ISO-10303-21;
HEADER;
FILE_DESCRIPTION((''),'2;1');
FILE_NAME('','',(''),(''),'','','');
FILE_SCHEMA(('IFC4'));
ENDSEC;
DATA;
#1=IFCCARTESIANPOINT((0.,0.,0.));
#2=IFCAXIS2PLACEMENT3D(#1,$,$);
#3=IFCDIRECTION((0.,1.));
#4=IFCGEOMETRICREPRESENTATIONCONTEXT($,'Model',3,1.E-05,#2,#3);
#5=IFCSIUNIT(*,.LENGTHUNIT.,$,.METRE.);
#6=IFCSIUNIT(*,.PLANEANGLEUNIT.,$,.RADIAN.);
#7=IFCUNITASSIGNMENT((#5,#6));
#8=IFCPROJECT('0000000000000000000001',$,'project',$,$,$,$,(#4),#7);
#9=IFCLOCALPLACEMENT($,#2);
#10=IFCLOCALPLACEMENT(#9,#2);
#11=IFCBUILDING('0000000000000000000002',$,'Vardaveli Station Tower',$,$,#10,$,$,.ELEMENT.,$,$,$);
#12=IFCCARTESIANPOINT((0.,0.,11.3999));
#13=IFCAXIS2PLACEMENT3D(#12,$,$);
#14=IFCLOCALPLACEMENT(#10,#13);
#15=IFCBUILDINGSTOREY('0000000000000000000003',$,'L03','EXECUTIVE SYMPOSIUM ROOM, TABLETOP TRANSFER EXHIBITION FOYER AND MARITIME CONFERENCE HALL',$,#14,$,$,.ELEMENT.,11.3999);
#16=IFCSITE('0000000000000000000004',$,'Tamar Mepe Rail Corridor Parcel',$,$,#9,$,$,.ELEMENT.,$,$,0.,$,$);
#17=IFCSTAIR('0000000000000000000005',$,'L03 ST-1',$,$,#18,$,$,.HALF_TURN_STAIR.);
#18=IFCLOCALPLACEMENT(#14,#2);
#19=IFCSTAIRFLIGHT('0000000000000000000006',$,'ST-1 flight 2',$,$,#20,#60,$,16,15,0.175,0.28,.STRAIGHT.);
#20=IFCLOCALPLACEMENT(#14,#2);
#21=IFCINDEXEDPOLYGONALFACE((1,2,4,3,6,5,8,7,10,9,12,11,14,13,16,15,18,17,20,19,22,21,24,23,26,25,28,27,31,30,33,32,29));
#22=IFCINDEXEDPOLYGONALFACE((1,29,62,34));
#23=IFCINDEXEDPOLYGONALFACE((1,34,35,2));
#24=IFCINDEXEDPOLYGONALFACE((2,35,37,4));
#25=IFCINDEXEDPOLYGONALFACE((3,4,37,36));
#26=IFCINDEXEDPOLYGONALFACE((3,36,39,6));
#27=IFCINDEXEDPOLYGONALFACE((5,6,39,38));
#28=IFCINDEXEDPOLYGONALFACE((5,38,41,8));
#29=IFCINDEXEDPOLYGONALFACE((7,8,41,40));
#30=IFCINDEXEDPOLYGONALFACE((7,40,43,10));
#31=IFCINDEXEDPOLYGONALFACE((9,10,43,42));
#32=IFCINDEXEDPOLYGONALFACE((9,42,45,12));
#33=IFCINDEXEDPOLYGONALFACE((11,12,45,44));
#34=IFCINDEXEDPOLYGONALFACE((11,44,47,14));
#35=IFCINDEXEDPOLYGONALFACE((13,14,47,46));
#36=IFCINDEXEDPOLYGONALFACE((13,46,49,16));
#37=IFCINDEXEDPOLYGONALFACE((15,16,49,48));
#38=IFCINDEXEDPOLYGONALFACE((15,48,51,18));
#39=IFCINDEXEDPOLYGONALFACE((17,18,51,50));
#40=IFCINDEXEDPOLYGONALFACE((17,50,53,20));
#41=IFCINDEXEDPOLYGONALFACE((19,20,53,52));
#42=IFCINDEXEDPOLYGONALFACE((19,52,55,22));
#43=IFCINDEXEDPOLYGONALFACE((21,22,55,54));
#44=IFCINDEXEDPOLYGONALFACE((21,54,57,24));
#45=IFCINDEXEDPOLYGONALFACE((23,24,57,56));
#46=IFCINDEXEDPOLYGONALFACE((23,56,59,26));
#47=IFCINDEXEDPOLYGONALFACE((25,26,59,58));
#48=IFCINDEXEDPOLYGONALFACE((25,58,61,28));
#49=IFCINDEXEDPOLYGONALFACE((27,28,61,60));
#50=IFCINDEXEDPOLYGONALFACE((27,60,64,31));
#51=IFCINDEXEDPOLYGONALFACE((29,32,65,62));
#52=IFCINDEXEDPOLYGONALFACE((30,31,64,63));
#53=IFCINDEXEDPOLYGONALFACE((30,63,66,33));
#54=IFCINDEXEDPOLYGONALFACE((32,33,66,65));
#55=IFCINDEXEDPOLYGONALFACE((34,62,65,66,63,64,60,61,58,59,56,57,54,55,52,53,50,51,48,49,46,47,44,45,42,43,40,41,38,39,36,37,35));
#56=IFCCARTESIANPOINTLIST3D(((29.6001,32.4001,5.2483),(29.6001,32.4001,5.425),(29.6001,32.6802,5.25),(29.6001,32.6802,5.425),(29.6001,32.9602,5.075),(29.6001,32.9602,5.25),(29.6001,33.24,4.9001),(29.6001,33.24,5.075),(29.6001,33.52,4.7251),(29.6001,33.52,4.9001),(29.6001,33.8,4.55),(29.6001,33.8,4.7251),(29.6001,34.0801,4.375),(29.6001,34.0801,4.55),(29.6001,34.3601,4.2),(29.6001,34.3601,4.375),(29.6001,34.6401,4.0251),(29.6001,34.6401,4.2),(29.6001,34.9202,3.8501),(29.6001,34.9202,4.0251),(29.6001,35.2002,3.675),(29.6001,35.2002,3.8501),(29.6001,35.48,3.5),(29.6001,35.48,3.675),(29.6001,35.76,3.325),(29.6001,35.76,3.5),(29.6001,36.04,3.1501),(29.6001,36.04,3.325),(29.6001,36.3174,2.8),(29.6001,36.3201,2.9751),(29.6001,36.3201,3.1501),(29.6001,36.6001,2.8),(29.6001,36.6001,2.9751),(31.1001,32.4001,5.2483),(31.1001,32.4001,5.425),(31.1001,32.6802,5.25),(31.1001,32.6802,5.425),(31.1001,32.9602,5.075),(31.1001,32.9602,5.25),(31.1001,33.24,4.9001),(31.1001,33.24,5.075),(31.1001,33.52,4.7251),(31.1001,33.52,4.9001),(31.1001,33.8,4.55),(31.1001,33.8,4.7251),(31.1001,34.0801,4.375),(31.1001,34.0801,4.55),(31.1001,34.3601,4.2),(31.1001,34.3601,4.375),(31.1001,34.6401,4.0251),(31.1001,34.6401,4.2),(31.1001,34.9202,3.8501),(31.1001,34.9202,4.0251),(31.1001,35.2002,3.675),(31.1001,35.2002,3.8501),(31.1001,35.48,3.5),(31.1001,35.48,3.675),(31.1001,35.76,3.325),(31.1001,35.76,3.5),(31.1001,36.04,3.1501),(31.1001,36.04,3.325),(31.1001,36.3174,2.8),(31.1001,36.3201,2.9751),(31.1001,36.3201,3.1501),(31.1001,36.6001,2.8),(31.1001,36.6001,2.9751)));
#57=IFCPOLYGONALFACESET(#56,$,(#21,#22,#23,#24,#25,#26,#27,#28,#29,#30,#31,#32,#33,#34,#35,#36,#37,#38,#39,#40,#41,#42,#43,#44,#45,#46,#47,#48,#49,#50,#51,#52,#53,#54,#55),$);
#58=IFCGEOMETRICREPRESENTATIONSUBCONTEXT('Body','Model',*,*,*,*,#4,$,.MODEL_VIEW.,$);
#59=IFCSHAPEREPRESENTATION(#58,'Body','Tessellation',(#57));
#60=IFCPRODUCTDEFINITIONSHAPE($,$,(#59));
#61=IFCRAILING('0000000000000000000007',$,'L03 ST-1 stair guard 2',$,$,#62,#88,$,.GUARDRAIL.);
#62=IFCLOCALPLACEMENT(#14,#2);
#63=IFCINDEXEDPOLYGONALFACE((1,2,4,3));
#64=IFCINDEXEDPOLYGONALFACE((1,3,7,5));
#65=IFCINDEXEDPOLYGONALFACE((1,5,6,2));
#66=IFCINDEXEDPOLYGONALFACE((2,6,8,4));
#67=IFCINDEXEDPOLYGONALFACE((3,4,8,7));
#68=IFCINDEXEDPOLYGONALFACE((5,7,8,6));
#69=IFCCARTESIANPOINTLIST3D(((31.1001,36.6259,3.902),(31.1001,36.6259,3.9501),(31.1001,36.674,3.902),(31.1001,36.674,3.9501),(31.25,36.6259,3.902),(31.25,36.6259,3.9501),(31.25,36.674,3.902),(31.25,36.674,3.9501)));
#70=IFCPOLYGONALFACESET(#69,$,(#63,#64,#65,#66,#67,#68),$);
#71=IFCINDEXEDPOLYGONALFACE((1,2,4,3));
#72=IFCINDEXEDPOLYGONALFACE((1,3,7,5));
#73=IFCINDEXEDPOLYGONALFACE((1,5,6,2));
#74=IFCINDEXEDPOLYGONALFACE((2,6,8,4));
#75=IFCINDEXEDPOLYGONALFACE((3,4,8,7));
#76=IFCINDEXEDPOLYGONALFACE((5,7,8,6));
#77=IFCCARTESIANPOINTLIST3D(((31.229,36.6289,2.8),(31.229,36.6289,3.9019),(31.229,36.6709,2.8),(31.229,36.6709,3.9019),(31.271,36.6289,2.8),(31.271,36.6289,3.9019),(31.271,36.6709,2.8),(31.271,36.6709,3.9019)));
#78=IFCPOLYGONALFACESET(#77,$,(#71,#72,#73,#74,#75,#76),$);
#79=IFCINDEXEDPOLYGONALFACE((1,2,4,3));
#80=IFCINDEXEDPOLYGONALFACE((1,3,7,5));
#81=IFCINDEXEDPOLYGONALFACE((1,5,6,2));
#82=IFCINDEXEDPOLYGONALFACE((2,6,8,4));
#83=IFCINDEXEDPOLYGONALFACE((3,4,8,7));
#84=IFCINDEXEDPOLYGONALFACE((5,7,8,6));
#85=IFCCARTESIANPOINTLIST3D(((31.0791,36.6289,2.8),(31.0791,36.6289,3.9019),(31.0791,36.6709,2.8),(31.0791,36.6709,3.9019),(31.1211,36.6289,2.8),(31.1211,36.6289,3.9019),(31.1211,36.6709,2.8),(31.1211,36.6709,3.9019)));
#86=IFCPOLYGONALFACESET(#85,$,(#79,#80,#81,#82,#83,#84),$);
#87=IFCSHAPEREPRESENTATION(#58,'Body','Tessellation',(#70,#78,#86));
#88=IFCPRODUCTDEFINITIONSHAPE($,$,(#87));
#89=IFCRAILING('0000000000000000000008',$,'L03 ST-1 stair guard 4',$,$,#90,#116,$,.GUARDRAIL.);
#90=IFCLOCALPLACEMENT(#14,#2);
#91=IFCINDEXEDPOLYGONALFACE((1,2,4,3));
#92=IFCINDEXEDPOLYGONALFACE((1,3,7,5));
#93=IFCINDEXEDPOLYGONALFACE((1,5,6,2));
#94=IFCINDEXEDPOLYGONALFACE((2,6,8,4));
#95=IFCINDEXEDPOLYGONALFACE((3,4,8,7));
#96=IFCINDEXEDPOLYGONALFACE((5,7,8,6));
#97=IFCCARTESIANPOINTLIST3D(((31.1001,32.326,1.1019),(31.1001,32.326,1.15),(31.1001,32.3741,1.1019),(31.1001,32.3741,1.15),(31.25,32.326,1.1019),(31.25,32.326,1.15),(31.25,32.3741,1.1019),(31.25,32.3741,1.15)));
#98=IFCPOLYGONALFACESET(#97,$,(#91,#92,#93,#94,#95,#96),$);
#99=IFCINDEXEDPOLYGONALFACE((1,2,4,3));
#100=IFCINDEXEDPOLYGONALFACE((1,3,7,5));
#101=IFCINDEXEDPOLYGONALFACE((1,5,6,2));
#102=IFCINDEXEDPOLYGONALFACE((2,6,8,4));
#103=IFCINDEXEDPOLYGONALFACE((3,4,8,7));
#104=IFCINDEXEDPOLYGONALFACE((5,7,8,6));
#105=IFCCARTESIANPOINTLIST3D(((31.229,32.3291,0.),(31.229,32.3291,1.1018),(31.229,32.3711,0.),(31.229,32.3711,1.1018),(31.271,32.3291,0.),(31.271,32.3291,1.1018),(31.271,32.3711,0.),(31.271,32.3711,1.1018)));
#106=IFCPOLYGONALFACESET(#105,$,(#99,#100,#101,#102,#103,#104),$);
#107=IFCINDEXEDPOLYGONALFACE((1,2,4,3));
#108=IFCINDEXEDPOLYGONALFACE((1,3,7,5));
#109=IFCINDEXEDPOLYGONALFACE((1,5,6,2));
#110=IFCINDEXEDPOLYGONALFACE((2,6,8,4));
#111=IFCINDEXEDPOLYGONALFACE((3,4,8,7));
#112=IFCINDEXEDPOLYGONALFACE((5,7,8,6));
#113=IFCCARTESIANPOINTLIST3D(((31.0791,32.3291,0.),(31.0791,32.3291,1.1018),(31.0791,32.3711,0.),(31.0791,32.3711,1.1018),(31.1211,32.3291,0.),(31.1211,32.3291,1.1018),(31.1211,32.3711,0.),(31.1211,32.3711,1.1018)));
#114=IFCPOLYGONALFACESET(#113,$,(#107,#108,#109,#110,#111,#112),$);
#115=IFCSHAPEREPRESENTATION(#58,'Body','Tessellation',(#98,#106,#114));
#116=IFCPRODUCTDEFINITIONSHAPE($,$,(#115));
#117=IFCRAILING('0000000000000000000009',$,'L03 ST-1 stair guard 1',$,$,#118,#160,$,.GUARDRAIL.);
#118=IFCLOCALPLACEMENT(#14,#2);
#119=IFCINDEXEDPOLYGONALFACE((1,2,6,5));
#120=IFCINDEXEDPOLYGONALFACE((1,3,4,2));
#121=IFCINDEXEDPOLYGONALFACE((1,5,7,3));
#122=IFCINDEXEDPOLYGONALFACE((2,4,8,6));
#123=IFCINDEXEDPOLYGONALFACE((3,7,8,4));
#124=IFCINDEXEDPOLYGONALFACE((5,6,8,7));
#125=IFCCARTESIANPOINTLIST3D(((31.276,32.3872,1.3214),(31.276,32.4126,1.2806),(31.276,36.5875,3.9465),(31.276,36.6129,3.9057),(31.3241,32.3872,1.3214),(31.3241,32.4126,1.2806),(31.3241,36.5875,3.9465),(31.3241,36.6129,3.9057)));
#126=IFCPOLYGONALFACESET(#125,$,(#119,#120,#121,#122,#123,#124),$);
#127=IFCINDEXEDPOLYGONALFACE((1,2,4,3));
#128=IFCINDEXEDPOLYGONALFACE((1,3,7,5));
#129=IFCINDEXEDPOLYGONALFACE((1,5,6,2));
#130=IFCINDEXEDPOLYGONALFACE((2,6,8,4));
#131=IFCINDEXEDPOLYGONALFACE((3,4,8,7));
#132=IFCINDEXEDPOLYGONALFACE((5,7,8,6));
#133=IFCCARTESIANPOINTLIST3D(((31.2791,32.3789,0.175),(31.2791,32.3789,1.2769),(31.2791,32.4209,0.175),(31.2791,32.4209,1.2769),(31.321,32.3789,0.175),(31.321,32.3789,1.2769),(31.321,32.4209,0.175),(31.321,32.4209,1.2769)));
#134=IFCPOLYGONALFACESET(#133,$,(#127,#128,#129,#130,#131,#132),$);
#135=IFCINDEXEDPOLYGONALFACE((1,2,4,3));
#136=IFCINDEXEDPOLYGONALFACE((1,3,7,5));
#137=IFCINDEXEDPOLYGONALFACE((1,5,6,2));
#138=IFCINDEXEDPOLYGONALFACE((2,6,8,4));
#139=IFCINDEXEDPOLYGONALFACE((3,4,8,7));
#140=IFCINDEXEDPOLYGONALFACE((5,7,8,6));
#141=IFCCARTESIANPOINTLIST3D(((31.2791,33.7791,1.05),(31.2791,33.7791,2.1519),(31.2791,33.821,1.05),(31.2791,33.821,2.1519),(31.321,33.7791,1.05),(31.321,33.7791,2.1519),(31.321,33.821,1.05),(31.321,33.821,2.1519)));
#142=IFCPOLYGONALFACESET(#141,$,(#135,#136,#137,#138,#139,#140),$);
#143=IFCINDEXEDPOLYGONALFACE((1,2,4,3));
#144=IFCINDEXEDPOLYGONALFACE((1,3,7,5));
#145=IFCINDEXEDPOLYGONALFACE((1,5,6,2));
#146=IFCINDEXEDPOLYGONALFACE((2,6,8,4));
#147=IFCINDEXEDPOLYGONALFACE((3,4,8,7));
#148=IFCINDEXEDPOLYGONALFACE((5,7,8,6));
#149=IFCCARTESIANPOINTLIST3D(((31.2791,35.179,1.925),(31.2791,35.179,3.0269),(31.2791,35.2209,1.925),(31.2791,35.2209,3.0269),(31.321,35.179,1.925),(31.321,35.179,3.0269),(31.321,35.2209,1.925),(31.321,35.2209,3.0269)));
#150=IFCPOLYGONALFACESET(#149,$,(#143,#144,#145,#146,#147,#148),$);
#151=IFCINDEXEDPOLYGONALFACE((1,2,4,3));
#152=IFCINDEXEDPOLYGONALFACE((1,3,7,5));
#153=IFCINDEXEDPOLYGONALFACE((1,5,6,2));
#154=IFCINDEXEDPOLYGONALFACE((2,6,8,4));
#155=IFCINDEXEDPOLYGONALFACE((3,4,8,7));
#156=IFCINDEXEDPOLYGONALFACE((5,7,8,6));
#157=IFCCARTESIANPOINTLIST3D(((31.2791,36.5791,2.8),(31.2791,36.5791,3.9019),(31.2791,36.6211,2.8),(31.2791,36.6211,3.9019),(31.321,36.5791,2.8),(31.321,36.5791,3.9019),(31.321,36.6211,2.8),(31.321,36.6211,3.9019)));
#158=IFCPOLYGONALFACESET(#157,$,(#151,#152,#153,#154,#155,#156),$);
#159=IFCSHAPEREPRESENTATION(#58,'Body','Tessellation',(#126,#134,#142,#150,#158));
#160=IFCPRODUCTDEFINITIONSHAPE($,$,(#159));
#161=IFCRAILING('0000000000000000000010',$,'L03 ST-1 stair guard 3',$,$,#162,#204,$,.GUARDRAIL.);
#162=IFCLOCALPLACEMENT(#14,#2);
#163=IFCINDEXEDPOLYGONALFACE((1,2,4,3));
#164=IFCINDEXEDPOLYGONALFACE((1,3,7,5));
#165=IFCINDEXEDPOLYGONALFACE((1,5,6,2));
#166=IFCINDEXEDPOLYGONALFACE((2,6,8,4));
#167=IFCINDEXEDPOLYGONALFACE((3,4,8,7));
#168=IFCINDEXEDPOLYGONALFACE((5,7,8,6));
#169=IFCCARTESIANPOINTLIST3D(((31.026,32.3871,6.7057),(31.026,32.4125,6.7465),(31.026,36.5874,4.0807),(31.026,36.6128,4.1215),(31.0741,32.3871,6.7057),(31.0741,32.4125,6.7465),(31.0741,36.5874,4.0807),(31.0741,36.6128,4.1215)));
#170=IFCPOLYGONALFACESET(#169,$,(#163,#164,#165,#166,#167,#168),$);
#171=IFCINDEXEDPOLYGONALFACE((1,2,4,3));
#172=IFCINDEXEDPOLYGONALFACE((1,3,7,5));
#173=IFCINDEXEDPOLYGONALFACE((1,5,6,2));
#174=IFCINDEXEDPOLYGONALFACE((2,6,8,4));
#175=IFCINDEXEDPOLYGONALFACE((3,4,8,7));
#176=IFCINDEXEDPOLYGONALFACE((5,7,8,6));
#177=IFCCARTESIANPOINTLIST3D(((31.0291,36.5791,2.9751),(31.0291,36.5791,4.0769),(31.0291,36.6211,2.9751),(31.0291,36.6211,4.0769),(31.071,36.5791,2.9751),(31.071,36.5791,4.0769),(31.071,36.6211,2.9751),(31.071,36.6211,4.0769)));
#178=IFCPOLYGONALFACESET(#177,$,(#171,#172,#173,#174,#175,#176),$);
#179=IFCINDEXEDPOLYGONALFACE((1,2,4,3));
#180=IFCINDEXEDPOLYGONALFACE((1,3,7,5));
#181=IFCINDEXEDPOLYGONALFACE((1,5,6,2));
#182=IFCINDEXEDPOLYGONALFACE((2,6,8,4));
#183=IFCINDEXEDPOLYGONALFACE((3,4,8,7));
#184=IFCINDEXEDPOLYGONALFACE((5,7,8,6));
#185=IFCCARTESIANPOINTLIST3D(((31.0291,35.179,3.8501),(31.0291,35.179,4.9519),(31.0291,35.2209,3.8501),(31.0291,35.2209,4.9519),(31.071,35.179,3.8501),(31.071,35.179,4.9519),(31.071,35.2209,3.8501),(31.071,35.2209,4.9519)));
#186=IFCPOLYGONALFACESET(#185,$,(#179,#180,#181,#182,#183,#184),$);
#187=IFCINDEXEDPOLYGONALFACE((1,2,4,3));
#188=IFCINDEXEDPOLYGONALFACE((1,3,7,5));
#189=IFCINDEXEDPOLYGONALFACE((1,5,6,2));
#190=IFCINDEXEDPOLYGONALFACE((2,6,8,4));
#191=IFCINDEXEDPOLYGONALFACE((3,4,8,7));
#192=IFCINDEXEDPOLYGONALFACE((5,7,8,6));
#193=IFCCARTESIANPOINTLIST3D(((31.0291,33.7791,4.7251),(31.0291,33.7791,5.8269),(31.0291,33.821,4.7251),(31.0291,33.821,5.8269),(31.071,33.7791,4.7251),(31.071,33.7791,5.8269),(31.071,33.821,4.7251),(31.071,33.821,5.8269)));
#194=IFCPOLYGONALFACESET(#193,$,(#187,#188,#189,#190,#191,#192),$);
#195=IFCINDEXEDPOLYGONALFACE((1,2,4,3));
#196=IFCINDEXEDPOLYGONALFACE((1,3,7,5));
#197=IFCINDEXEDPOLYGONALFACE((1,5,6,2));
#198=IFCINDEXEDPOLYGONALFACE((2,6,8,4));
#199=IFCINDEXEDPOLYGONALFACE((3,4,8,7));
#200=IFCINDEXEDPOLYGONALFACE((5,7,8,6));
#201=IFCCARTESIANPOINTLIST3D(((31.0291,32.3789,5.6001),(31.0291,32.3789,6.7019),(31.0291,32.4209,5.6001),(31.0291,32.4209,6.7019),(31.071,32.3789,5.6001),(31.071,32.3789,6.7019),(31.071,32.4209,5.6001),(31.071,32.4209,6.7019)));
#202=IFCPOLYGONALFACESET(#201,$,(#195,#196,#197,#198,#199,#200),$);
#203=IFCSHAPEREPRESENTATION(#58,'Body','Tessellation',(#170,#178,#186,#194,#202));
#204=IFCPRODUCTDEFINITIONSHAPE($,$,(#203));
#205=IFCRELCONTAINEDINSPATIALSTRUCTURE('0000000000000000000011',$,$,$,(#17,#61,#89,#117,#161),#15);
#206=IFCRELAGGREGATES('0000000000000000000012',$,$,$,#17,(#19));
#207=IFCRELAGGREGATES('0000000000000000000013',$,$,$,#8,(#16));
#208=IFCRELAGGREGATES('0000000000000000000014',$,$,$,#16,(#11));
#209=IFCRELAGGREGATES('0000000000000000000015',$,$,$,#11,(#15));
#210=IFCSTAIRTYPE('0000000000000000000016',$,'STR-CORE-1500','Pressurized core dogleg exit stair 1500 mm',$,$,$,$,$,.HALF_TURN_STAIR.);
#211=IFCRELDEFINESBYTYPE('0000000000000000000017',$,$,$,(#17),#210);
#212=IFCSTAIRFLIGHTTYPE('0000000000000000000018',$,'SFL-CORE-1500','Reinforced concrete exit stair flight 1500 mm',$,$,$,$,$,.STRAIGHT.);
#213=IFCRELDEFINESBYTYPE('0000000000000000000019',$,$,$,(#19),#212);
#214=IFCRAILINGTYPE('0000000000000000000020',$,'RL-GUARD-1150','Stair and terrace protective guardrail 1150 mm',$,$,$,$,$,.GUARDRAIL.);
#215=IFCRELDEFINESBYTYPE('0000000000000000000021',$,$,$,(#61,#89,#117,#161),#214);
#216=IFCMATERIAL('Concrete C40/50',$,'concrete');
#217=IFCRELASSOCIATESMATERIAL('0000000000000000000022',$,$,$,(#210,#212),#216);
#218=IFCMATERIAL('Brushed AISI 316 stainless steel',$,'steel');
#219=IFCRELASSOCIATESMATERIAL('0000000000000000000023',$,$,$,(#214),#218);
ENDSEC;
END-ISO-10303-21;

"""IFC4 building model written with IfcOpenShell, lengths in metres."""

from ifc_helpers import new_model, si_unit, direction, frame, origin, origin_2d, place, context, subcontext, project, spatial, polyline, rectangle, outline, extrude, source, transform, mapped, material, type_object, element, aggregate, save


model = new_model("IFC4")

# Units and contexts
model_context = context("Model", 3, precision=1e-05, world=origin(), true_north=direction((0.0, 1.0)))
body_context = subcontext(model_context, "Body", "Model", "MODEL_VIEW")
ifc_project = project(units=[si_unit("LENGTHUNIT", "METRE"), si_unit("PLANEANGLEUNIT", "RADIAN")], contexts=[model_context])

# Site, building, storey
site_placement = place(None, origin())
site = spatial("IfcSite", under=ifc_project, at=site_placement, Name="Tamar Mepe Rail Corridor Parcel", CompositionType="ELEMENT", RefElevation=0.0)
building_placement = place(site_placement, origin())
building = spatial("IfcBuilding", under=site, at=building_placement, Name="Vardaveli Station Tower", CompositionType="ELEMENT")
storey_placement = place(building_placement, frame((0.0, 0.0, 11.3999)))
storey = spatial("IfcBuildingStorey", under=building, at=storey_placement, Name="L03", Description="EXECUTIVE SYMPOSIUM ROOM, TABLETOP TRANSFER EXHIBITION FOYER AND MARITIME CONFERENCE HALL", CompositionType="ELEMENT", Elevation=11.3999)

# Shared definitions
ifc_material_1 = material(Name="Concrete C40/50", Category="concrete")

# Stair, stair flight
stair_type = type_object("IfcStairType", Name="STR-CORE-1500", Description="Pressurized core dogleg exit stair 1500 mm", PredefinedType="HALF_TURN_STAIR", material=ifc_material_1)
stair_placement = place(storey_placement, origin())
stair = element("IfcStair", 1, at=stair_placement, inside=storey, type_object=stair_type, Name="L03 ST-1", PredefinedType="HALF_TURN_STAIR")
stair_flight_type = type_object("IfcStairFlightType", Name="SFL-CORE-1500", Description="Reinforced concrete exit stair flight 1500 mm", PredefinedType="STRAIGHT", material=ifc_material_1)
shared_shape_1 = source(origin(), body_context, "Body", "SweptSolid", [
    extrude(outline(polyline([(0.0, 0.0), (0.0, 0.175), (0.28, 0.175), (0.28, 0.3501), (0.5601, 0.3501), (0.5601, 0.5249), (0.8401, 0.5249), (0.8401, 0.7), (1.1201, 0.7), (1.1201, 0.875), (1.3999, 0.875), (1.3999, 1.05), (1.6799, 1.05), (1.6799, 1.2251), (1.96, 1.2251), (1.96, 1.3999), (2.24, 1.3999), (2.24, 1.575), (2.52, 1.575), (2.52, 1.75), (2.8, 1.75), (2.8, 1.925), (3.0801, 1.925), (3.0801, 2.1001), (3.3601, 2.1001), (3.3601, 2.2749), (3.6399, 2.2749), (3.6399, 2.45), (3.9199, 2.45), (3.9199, 2.625), (4.2, 2.625), (4.2, 2.8), (4.2, 2.4482), (0.2827, 0.0), (0.0, 0.0)])), frame((0.0, 0.75, 0.0), z_axis=(0.0, -1.0, 0.0), x_axis=(1.0, 0.0, 0.0)), (0.0, 0.0, 1.0), 1.5),
])
stair_flight_1_placement = place(storey_placement, frame((30.3501, 36.6001, 2.8), z_axis=(0.0, 0.0, 1.0), x_axis=(0.0, -1.0, 0.0)))
stair_flight_1 = element("IfcStairFlight", 2, at=stair_flight_1_placement, type_object=stair_flight_type, Name="ST-1 flight 2", NumberOfRisers=16, NumberOfTreads=15, PredefinedType="STRAIGHT", RiserHeight=0.175, TreadLength=0.28, context=body_context, shape_type="MappedRepresentation", body=[
    mapped(shared_shape_1, transform((0.0, 0.0, 0.0), scale=1.0)),
])
aggregate(stair, [stair_flight_1])

# Railings
ifc_material_2 = material(Name="Brushed AISI 316 stainless steel", Category="steel")
railing_type_1 = type_object("IfcRailingType", Name="RL-GUARD-1150", Description="Stair and terrace protective guardrail 1150 mm", PredefinedType="GUARDRAIL", material=ifc_material_2)
shared_shape_2 = source(origin(), body_context, "Body", "SweptSolid", [
    extrude(rectangle(XDim=0.0481, YDim=0.0481, at=origin_2d()), frame((0.0, 0.0, 1.126), z_axis=(-1.0, 0.0, 0.0), x_axis=(0.0, -1.0, 0.0)), (0.0, 0.0, 1.0), 0.1499),
    extrude(rectangle(XDim=0.042, YDim=0.042, at=origin_2d()), origin(), (0.0, 0.0, 1.0), 1.1018),
    extrude(rectangle(XDim=0.042, YDim=0.042, at=origin_2d()), frame((-0.1499, 0.0, 0.0)), (0.0, 0.0, 1.0), 1.1018),
])
for number, where, name in (
    (3, (31.25, 36.6499, 2.8), "L03 ST-1 stair guard 2"),
    (4, (31.25, 32.3501, 0.0), "L03 ST-1 stair guard 4"),
):
    element("IfcRailing", number, at=place(storey_placement, frame(where)), inside=storey, type_object=railing_type_1, Name=name, PredefinedType="GUARDRAIL", context=body_context, shape_type="MappedRepresentation", body=[
        mapped(shared_shape_2, transform((0.0, 0.0, 0.0), scale=1.0)),
    ])
shared_shape_3 = source(origin(), body_context, "Body", "SweptSolid", [
    extrude(rectangle(XDim=0.0481, YDim=0.0481, at=origin_2d()), frame((0.0, 0.0, 1.126), z_axis=(0.0, 0.848009, 0.529981), x_axis=(-1.0, 0.0, 0.0)), (0.0, 0.0, 1.0), 4.9531),
    extrude(rectangle(XDim=0.042, YDim=0.042, at=origin_2d()), origin(), (0.0, 0.0, 1.0), 1.1018),
    extrude(rectangle(XDim=0.042, YDim=0.042, at=origin_2d()), frame((0.0, 1.4001, 0.875)), (0.0, 0.0, 1.0), 1.1018),
    extrude(rectangle(XDim=0.042, YDim=0.042, at=origin_2d()), frame((0.0, 2.8, 1.75)), (0.0, 0.0, 1.0), 1.1018),
    extrude(rectangle(XDim=0.042, YDim=0.042, at=origin_2d()), frame((0.0, 4.2002, 2.625)), (0.0, 0.0, 1.0), 1.1018),
])
railing_1_placement = place(storey_placement, frame((31.3, 32.3999, 0.175)))
element("IfcRailing", 5, at=railing_1_placement, inside=storey, type_object=railing_type_1, Name="L03 ST-1 stair guard 1", PredefinedType="GUARDRAIL", context=body_context, shape_type="MappedRepresentation", body=[
    mapped(shared_shape_3, transform((0.0, 0.0, 0.0), scale=1.0)),
])
shared_shape_4 = source(origin(), body_context, "Body", "SweptSolid", [
    extrude(rectangle(XDim=0.0481, YDim=0.0481, at=origin_2d()), frame((0.0, 0.0, 1.126), z_axis=(0.0, -0.848009, 0.529981), x_axis=(1.0, 0.0, 0.0)), (0.0, 0.0, 1.0), 4.9531),
    extrude(rectangle(XDim=0.042, YDim=0.042, at=origin_2d()), origin(), (0.0, 0.0, 1.0), 1.1018),
    extrude(rectangle(XDim=0.042, YDim=0.042, at=origin_2d()), frame((0.0, -1.4001, 0.875)), (0.0, 0.0, 1.0), 1.1018),
    extrude(rectangle(XDim=0.042, YDim=0.042, at=origin_2d()), frame((0.0, -2.8, 1.75)), (0.0, 0.0, 1.0), 1.1018),
    extrude(rectangle(XDim=0.042, YDim=0.042, at=origin_2d()), frame((0.0, -4.2002, 2.625)), (0.0, 0.0, 1.0), 1.1018),
])
railing_2_placement = place(storey_placement, frame((31.05, 36.6001, 2.9751)))
element("IfcRailing", 6, at=railing_2_placement, inside=storey, type_object=railing_type_1, Name="L03 ST-1 stair guard 3", PredefinedType="GUARDRAIL", context=body_context, shape_type="MappedRepresentation", body=[
    mapped(shared_shape_4, transform((0.0, 0.0, 0.0), scale=1.0)),
])

save(model, "model.ifc")
